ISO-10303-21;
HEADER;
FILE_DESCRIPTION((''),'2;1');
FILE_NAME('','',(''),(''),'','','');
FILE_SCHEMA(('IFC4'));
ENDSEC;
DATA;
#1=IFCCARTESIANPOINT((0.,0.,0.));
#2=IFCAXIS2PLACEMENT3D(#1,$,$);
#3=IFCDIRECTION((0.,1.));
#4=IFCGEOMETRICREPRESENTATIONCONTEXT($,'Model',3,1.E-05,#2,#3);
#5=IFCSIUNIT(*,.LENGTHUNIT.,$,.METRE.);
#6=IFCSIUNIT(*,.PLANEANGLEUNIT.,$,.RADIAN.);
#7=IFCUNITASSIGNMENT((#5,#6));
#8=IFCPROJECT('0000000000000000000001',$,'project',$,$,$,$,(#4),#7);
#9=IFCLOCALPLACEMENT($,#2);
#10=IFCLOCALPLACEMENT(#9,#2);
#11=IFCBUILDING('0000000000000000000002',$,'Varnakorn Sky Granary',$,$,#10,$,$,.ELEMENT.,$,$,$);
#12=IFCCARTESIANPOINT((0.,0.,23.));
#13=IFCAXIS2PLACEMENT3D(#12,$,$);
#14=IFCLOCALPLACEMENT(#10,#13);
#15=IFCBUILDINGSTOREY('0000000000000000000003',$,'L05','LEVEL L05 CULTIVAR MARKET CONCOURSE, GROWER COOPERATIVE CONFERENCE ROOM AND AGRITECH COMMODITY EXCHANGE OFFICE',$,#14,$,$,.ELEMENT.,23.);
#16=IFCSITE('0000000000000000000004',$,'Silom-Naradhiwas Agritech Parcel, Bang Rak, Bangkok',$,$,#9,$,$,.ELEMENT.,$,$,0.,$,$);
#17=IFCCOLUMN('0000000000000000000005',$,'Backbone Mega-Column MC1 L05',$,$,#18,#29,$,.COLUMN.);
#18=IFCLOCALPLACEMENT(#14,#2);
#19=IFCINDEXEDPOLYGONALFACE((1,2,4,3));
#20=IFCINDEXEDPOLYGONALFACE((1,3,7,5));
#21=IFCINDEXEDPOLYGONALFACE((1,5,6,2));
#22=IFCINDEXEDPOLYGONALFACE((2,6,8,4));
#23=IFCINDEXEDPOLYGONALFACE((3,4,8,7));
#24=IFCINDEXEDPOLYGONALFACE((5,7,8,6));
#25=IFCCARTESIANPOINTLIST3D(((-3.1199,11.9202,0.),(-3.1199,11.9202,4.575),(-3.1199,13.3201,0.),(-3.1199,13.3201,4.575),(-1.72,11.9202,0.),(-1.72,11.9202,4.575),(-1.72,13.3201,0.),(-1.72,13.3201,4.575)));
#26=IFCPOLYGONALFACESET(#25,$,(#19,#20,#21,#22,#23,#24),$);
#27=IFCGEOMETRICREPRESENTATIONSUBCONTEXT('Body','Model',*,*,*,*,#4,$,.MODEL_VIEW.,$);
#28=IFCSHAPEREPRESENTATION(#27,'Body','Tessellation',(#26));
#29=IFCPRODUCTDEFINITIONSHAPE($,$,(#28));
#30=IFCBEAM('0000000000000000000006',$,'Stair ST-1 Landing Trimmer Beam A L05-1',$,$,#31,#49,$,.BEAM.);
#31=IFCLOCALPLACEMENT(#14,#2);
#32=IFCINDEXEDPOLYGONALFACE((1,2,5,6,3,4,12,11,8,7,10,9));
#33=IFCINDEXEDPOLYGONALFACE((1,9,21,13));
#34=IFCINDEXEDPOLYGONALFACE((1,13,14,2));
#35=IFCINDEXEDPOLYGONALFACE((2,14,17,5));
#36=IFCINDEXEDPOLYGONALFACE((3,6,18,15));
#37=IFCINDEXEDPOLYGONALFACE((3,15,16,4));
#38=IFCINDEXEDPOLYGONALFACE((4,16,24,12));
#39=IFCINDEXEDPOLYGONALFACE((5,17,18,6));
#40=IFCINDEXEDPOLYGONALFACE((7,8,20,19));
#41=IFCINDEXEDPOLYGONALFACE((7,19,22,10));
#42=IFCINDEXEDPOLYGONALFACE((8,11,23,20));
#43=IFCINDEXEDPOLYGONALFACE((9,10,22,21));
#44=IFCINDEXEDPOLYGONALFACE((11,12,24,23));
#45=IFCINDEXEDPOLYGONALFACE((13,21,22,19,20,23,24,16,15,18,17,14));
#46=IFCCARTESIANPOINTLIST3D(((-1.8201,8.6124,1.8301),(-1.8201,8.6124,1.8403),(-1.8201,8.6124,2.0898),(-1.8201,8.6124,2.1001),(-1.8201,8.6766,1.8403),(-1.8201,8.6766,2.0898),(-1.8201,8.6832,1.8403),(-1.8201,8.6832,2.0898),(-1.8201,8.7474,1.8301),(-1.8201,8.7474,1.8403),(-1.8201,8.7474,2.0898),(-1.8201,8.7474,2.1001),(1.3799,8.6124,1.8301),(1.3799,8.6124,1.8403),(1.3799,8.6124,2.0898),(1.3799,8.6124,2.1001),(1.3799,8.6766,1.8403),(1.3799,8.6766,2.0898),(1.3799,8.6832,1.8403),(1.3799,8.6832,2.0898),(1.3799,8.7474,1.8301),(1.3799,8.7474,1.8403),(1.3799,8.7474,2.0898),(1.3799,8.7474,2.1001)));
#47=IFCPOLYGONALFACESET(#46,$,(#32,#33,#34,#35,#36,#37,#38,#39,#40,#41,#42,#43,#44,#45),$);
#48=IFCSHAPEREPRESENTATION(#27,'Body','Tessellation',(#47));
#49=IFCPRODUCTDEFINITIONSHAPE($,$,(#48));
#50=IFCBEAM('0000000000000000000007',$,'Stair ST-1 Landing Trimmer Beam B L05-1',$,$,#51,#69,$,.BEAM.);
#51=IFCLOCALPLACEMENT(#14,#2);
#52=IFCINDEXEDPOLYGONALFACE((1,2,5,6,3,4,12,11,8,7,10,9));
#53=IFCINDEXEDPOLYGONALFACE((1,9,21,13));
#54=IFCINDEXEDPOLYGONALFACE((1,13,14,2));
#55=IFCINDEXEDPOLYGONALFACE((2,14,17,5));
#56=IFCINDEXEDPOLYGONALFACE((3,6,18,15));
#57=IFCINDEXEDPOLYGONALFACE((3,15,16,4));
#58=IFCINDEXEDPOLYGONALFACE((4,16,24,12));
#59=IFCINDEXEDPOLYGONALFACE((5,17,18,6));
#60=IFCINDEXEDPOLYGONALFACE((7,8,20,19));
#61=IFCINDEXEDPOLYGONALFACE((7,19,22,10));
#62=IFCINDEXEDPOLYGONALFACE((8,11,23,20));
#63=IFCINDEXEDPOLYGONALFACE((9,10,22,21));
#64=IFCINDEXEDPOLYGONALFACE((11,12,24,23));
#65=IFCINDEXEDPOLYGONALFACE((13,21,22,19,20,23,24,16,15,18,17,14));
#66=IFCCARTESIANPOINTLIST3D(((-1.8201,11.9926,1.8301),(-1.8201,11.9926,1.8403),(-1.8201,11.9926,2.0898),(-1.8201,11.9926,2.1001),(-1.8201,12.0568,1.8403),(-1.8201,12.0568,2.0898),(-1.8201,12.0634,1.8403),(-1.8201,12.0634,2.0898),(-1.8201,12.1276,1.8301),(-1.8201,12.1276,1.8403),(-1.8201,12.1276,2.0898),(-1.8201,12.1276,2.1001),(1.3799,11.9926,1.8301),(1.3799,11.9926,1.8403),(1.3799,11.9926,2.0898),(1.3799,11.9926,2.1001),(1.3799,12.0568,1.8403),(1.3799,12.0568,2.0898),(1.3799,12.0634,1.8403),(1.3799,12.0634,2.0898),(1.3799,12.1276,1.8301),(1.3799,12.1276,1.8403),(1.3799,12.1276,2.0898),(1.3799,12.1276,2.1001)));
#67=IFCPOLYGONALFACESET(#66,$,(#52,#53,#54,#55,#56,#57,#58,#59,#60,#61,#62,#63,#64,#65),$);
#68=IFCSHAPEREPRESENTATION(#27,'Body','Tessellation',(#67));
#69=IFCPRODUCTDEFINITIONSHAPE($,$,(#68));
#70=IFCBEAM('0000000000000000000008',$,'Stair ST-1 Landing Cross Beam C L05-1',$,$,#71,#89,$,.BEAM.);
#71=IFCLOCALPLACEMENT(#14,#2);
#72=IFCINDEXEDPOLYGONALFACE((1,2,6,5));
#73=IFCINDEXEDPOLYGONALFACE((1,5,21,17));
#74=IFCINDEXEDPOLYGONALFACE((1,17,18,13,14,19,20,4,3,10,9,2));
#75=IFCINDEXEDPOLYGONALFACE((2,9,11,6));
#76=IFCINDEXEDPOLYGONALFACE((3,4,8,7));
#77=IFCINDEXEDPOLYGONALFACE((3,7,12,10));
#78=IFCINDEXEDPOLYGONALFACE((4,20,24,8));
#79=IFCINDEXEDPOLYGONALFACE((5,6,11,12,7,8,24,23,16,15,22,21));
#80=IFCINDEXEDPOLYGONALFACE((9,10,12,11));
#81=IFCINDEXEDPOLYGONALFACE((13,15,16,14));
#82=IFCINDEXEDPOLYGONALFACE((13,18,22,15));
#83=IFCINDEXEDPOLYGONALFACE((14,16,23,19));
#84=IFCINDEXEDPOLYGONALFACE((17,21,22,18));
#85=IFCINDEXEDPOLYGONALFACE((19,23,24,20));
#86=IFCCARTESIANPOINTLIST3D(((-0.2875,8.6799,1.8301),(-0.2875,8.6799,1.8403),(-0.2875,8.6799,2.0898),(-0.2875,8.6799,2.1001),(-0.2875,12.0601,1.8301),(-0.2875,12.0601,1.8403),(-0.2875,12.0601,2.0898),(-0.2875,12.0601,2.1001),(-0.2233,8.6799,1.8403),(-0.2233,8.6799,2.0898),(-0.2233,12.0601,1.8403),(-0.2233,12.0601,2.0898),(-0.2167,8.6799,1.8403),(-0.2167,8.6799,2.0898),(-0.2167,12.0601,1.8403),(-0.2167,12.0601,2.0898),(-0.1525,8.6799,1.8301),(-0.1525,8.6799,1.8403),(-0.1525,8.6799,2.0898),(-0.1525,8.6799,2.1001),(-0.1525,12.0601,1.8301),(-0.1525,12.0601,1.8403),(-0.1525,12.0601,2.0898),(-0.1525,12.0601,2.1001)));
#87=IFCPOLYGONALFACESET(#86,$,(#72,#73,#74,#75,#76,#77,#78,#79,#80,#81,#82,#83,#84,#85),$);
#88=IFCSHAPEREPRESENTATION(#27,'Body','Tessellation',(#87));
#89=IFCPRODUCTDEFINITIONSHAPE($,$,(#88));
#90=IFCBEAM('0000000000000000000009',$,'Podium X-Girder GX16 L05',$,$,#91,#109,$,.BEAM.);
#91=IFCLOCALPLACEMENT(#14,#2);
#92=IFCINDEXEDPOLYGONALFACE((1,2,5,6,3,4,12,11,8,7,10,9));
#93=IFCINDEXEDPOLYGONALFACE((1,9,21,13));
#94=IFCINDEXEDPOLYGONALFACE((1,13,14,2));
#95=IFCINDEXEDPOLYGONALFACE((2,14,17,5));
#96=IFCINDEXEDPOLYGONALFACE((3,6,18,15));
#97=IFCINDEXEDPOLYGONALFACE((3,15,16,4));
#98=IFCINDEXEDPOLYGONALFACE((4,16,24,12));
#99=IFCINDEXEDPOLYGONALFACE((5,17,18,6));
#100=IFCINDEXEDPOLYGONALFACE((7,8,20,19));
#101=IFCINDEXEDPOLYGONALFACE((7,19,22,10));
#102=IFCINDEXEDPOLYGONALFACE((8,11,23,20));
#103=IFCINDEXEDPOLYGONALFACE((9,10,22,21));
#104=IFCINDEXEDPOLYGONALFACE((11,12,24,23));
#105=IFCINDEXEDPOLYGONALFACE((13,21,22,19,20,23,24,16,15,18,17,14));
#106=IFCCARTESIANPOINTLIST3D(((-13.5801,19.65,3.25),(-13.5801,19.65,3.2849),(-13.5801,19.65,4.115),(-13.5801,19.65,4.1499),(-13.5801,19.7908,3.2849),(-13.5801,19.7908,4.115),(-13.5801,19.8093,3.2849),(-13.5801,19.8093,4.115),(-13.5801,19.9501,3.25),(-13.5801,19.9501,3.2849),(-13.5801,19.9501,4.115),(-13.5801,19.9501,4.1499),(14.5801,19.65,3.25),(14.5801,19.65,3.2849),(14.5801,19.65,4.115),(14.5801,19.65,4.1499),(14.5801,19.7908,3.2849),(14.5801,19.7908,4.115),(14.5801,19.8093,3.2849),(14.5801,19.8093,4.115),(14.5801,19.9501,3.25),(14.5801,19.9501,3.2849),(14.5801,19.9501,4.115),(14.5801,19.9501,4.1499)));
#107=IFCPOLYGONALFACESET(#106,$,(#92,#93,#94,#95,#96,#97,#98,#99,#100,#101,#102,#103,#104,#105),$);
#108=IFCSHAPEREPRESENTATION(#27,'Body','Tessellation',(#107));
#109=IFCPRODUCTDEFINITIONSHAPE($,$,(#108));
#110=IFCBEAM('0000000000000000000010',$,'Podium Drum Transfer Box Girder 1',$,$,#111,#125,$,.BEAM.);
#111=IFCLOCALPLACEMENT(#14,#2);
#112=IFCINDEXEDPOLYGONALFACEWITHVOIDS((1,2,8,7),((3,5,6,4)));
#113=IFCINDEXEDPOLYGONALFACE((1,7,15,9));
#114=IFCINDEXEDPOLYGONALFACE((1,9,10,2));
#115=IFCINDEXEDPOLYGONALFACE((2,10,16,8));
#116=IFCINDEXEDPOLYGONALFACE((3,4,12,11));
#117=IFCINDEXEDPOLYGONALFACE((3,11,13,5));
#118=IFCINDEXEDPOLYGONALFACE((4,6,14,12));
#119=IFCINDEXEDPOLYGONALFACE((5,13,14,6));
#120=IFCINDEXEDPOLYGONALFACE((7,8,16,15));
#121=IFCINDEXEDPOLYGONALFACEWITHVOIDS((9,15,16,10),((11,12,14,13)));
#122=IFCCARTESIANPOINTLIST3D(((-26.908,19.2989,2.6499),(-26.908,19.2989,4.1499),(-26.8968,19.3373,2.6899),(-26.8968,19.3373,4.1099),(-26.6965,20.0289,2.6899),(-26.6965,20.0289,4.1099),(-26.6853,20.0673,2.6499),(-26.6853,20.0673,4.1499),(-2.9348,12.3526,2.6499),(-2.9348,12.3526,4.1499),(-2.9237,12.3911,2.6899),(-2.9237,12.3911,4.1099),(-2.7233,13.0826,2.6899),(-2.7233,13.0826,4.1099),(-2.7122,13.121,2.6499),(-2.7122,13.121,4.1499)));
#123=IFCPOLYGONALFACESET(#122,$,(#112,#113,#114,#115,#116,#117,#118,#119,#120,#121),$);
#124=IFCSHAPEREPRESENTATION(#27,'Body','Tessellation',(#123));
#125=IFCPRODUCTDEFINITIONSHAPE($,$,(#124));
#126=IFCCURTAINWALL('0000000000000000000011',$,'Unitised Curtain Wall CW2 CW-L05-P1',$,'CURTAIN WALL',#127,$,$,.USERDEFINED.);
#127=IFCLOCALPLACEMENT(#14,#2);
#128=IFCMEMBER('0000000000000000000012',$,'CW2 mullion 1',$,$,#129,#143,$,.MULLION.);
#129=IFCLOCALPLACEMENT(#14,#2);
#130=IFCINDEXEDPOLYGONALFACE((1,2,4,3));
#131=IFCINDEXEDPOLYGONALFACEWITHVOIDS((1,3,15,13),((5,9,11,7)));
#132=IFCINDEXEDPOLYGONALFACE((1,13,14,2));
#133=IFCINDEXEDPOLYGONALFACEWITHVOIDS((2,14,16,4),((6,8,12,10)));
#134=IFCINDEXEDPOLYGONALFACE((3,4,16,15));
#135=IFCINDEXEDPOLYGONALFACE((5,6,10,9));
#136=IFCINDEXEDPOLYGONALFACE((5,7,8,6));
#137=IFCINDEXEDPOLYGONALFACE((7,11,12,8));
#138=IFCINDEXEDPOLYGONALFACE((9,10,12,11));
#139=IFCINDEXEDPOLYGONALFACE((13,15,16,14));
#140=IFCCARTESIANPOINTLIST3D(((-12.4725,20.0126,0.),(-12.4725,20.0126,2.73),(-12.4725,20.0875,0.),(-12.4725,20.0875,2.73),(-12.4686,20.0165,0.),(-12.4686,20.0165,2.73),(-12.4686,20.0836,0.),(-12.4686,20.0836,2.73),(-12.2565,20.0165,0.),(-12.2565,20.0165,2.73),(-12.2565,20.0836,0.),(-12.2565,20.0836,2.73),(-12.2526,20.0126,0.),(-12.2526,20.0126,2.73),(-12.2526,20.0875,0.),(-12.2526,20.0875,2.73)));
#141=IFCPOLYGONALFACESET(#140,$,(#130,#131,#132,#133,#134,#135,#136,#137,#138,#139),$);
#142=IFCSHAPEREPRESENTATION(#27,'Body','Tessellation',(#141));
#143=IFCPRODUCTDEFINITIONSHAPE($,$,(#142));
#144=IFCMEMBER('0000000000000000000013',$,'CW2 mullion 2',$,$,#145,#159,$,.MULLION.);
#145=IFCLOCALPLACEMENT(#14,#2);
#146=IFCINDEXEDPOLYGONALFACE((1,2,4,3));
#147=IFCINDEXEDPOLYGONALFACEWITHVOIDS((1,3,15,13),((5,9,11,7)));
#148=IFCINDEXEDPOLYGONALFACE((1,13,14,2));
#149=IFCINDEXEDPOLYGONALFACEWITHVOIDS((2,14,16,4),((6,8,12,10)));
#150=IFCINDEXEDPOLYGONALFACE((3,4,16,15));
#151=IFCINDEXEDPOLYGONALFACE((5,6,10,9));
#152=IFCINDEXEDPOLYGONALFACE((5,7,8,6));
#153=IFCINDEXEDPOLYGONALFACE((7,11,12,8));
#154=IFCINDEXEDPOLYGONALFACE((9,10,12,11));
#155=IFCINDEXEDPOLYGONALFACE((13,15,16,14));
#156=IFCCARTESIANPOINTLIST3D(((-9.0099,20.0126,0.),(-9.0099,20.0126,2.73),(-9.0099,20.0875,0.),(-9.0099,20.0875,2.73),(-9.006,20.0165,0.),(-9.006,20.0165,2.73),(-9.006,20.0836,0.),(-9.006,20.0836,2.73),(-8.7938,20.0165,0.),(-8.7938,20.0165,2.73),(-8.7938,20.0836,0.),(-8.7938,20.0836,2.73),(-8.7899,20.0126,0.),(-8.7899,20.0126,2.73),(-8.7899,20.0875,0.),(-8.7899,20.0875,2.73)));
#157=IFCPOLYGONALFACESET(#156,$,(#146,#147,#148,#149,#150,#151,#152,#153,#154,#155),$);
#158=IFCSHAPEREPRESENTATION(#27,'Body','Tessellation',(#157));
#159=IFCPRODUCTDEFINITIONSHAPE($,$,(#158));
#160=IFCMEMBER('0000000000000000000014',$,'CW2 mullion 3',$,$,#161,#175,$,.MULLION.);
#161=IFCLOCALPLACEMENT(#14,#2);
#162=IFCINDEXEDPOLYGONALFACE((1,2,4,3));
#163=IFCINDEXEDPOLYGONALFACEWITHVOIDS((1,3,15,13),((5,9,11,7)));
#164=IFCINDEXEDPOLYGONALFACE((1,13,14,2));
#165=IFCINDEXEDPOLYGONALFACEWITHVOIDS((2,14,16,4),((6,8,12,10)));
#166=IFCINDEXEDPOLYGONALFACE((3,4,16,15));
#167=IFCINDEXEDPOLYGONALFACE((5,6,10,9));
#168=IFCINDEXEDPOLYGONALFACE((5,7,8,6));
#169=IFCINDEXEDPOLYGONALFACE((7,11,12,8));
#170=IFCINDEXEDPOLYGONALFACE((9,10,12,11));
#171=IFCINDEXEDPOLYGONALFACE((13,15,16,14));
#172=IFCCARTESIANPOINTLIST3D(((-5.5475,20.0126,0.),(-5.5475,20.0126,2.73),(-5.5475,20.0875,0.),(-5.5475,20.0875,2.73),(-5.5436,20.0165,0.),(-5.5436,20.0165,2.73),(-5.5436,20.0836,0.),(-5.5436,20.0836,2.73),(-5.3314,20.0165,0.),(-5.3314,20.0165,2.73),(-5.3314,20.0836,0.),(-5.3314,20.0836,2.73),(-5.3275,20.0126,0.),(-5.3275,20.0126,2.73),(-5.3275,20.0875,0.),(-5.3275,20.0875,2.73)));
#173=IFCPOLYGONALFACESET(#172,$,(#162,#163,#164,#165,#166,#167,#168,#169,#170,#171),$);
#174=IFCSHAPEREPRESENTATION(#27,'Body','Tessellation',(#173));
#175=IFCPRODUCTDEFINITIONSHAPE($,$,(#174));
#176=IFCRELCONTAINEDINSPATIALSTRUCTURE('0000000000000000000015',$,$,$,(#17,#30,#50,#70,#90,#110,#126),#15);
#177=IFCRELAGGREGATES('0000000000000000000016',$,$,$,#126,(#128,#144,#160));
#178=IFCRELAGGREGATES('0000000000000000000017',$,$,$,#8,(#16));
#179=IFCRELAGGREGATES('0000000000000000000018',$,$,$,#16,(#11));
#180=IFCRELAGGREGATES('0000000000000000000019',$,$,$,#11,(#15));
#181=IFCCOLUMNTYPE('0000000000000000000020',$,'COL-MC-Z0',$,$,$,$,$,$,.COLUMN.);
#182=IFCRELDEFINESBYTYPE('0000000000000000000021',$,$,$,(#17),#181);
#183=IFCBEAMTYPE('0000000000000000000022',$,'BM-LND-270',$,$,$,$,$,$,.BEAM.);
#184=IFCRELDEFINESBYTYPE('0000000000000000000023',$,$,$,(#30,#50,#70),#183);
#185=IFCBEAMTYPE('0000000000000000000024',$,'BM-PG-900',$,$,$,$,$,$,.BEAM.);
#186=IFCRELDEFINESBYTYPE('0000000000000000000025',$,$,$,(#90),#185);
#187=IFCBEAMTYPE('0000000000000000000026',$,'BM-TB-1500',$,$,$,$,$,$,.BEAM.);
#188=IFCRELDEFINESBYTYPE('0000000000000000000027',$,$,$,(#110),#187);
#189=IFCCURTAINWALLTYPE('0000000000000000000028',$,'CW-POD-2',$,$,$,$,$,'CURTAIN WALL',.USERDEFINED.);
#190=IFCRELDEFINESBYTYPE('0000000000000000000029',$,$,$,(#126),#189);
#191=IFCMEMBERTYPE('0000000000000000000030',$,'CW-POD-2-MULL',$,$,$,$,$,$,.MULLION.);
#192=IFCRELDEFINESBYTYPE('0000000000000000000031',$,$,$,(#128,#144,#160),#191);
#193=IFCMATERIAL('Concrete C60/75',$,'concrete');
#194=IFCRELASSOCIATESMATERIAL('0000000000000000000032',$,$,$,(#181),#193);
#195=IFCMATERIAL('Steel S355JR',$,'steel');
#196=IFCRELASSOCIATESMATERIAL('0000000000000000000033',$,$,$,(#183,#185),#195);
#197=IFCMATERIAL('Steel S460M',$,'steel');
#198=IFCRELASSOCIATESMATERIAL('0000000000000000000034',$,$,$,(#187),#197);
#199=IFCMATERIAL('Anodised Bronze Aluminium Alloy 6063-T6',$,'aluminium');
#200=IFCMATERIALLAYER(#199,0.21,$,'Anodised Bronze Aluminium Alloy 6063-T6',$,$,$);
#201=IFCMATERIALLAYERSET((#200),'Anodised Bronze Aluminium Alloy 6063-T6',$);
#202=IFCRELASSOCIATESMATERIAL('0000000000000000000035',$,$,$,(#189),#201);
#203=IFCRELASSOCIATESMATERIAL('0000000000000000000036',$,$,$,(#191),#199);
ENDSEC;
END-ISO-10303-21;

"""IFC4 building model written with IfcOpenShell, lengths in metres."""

from ifc_helpers import new_model, si_unit, direction, frame, origin, origin_2d, place, context, subcontext, project, spatial, rectangle, hollow_rectangle, i_section, extrude, material, layer, layer_set, material_profile, profile_set, type_object, element, aggregate, save


model = new_model("IFC4")

# Units and contexts
model_context = context("Model", 3, precision=1e-05, world=origin(), true_north=direction((0.0, 1.0)))
body_context = subcontext(model_context, "Body", "Model", "MODEL_VIEW")
ifc_project = project(units=[si_unit("LENGTHUNIT", "METRE"), si_unit("PLANEANGLEUNIT", "RADIAN")], contexts=[model_context])

# Site, building, storey
site_placement = place(None, origin())
site = spatial("IfcSite", under=ifc_project, at=site_placement, Name="Silom-Naradhiwas Agritech Parcel, Bang Rak, Bangkok", CompositionType="ELEMENT", RefElevation=0.0)
building_placement = place(site_placement, origin())
building = spatial("IfcBuilding", under=site, at=building_placement, Name="Varnakorn Sky Granary", CompositionType="ELEMENT")
storey_placement = place(building_placement, frame((0.0, 0.0, 23.0)))
storey = spatial("IfcBuildingStorey", under=building, at=storey_placement, Name="L05", Description="LEVEL L05 CULTIVAR MARKET CONCOURSE, GROWER COOPERATIVE CONFERENCE ROOM AND AGRITECH COMMODITY EXCHANGE OFFICE", CompositionType="ELEMENT", Elevation=23.0)

# Column
ifc_material_1 = material(Name="Concrete C60/75", Category="concrete")
ifc_material_profile_1 = material_profile(ifc_material_1, rectangle(XDim=1.3999, YDim=1.3999, at=origin_2d()), Name="RC 1400x1400")
ifc_profile_set_1 = profile_set([ifc_material_profile_1], Name="Concrete C60/75")
column_type = type_object("IfcColumnType", Name="COL-MC-Z0", PredefinedType="COLUMN", material=ifc_profile_set_1)
column_placement = place(storey_placement, frame((-2.4199, 12.6201, 0.0), z_axis=(0.0, 0.0, 1.0), x_axis=(1.0, 0.0, 0.0)))
element("IfcColumn", 1, at=column_placement, inside=storey, type_object=column_type, Name="Backbone Mega-Column MC1 L05", PredefinedType="COLUMN", context=body_context, shape_type="SweptSolid", body=[
    extrude(rectangle(XDim=1.3999, YDim=1.3999, at=origin_2d()), origin(), (0.0, 0.0, 1.0), 4.575),
])

# Beams
ifc_material_2 = material(Name="Steel S355JR", Category="steel")
ifc_material_profile_2 = material_profile(ifc_material_2, i_section(OverallWidth=0.135, OverallDepth=0.27, WebThickness=0.0066, FlangeThickness=0.0103, at=origin_2d()), Name="IPE 270")
ifc_profile_set_2 = profile_set([ifc_material_profile_2], Name="Steel S355JR")
beam_type_1 = type_object("IfcBeamType", Name="BM-LND-270", PredefinedType="BEAM", material=ifc_profile_set_2)
for number, where, z_axis, x_axis, name in (
    (2, (-1.8201, 8.6799, 1.9651), (1.0, 0.0, 0.0), (0.0, 1.0, 0.0), "Stair ST-1 Landing Trimmer Beam A L05-1"),
    (3, (-1.8201, 12.0601, 1.9651), (1.0, 0.0, 0.0), (0.0, 1.0, 0.0), "Stair ST-1 Landing Trimmer Beam B L05-1"),
):
    element("IfcBeam", number, at=place(storey_placement, frame(where, z_axis=z_axis, x_axis=x_axis)), inside=storey, type_object=beam_type_1, Name=name, PredefinedType="BEAM", context=body_context, shape_type="SweptSolid", body=[
        extrude(i_section(OverallWidth=0.135, OverallDepth=0.27, WebThickness=0.0066, FlangeThickness=0.0103, at=origin_2d()), origin(), (0.0, 0.0, 1.0), 3.2),
    ])
beam_1_placement = place(storey_placement, frame((-0.22, 8.6799, 1.9651), z_axis=(0.0, 1.0, 0.0), x_axis=(-1.0, 0.0, 0.0)))
element("IfcBeam", 4, at=beam_1_placement, inside=storey, type_object=beam_type_1, Name="Stair ST-1 Landing Cross Beam C L05-1", PredefinedType="BEAM", context=body_context, shape_type="SweptSolid", body=[
    extrude(i_section(OverallWidth=0.135, OverallDepth=0.27, WebThickness=0.0066, FlangeThickness=0.0103, at=origin_2d()), origin(), (0.0, 0.0, 1.0), 3.3801),
])
ifc_material_profile_3 = material_profile(ifc_material_2, i_section(OverallWidth=0.3, OverallDepth=0.8999, WebThickness=0.0186, FlangeThickness=0.0349, at=origin_2d()), Name="HE 900 B")
ifc_profile_set_3 = profile_set([ifc_material_profile_3], Name="Steel S355JR")
beam_type_2 = type_object("IfcBeamType", Name="BM-PG-900", PredefinedType="BEAM", material=ifc_profile_set_3)
beam_2_placement = place(storey_placement, frame((-13.5801, 19.8, 3.7), z_axis=(1.0, 0.0, 0.0), x_axis=(0.0, 1.0, 0.0)))
element("IfcBeam", 5, at=beam_2_placement, inside=storey, type_object=beam_type_2, Name="Podium X-Girder GX16 L05", PredefinedType="BEAM", context=body_context, shape_type="SweptSolid", body=[
    extrude(i_section(OverallWidth=0.3, OverallDepth=0.8999, WebThickness=0.0186, FlangeThickness=0.0349, at=origin_2d()), origin(), (0.0, 0.0, 1.0), 28.1602),
])
ifc_material_3 = material(Name="Steel S460M", Category="steel")
ifc_material_profile_4 = material_profile(ifc_material_3, hollow_rectangle(XDim=0.8, YDim=1.5, WallThickness=0.04, at=origin_2d()), Name="BOX 800x1500x40")
ifc_profile_set_4 = profile_set([ifc_material_profile_4], Name="Steel S460M")
beam_type_3 = type_object("IfcBeamType", Name="BM-TB-1500", PredefinedType="BEAM", material=ifc_profile_set_4)
beam_3_placement = place(storey_placement, frame((-2.8235, 12.7368, 3.3999), z_axis=(-0.960493, 0.278306, 0.0), x_axis=(-0.278306, -0.960493, 0.0)))
element("IfcBeam", 6, at=beam_3_placement, inside=storey, type_object=beam_type_3, Name="Podium Drum Transfer Box Girder 1", PredefinedType="BEAM", context=body_context, shape_type="SweptSolid", body=[
    extrude(hollow_rectangle(XDim=0.8, YDim=1.5, WallThickness=0.04, at=origin_2d()), origin(), (0.0, 0.0, 1.0), 24.9592),
])

# Curtain wall, members
ifc_material_4 = material(Name="Anodised Bronze Aluminium Alloy 6063-T6", Category="aluminium")
ifc_layer_1 = layer(ifc_material_4, 0.21, Name="Anodised Bronze Aluminium Alloy 6063-T6")
ifc_layer_set_1 = layer_set([ifc_layer_1], Name="Anodised Bronze Aluminium Alloy 6063-T6")
curtain_wall_type = type_object("IfcCurtainWallType", Name="CW-POD-2", ElementType="CURTAIN WALL", PredefinedType="USERDEFINED", material=ifc_layer_set_1)
curtain_wall_placement = place(storey_placement, origin())
curtain_wall = element("IfcCurtainWall", 7, at=curtain_wall_placement, inside=storey, type_object=curtain_wall_type, Name="Unitised Curtain Wall CW2 CW-L05-P1", ObjectType="CURTAIN WALL", PredefinedType="USERDEFINED")
ifc_material_profile_5 = material_profile(ifc_material_4, hollow_rectangle(XDim=0.075, YDim=0.22, WallThickness=0.0039, at=origin_2d()), Name="ALU MULL 75x220")
ifc_profile_set_5 = profile_set([ifc_material_profile_5], Name="Anodised Bronze Aluminium Alloy 6063-T6")
member_type_1 = type_object("IfcMemberType", Name="CW-POD-2-MULL", PredefinedType="MULLION", material=ifc_profile_set_5)
member_1_placement = place(storey_placement, frame((-12.3625, 20.05, 0.0), z_axis=(0.0, 0.0, 1.0), x_axis=(0.0, 1.0, 0.0)))
member_1 = element("IfcMember", 8, at=member_1_placement, type_object=member_type_1, Name="CW2 mullion 1", PredefinedType="MULLION", context=body_context, shape_type="SweptSolid", body=[
    extrude(hollow_rectangle(XDim=0.075, YDim=0.22, WallThickness=0.0039, at=origin_2d()), origin(), (0.0, 0.0, 1.0), 2.73),
])
member_2_placement = place(storey_placement, frame((-8.8999, 20.05, 0.0), z_axis=(0.0, 0.0, 1.0), x_axis=(0.0, 1.0, 0.0)))
member_2 = element("IfcMember", 9, at=member_2_placement, type_object=member_type_1, Name="CW2 mullion 2", PredefinedType="MULLION", context=body_context, shape_type="SweptSolid", body=[
    extrude(hollow_rectangle(XDim=0.075, YDim=0.22, WallThickness=0.0039, at=origin_2d()), origin(), (0.0, 0.0, 1.0), 2.73),
])
member_3_placement = place(storey_placement, frame((-5.4375, 20.05, 0.0), z_axis=(0.0, 0.0, 1.0), x_axis=(0.0, 1.0, 0.0)))
member_3 = element("IfcMember", 10, at=member_3_placement, type_object=member_type_1, Name="CW2 mullion 3", PredefinedType="MULLION", context=body_context, shape_type="SweptSolid", body=[
    extrude(hollow_rectangle(XDim=0.075, YDim=0.22, WallThickness=0.0039, at=origin_2d()), origin(), (0.0, 0.0, 1.0), 2.73),
])
aggregate(curtain_wall, [member_1, member_2, member_3])

save(model, "model.ifc")
